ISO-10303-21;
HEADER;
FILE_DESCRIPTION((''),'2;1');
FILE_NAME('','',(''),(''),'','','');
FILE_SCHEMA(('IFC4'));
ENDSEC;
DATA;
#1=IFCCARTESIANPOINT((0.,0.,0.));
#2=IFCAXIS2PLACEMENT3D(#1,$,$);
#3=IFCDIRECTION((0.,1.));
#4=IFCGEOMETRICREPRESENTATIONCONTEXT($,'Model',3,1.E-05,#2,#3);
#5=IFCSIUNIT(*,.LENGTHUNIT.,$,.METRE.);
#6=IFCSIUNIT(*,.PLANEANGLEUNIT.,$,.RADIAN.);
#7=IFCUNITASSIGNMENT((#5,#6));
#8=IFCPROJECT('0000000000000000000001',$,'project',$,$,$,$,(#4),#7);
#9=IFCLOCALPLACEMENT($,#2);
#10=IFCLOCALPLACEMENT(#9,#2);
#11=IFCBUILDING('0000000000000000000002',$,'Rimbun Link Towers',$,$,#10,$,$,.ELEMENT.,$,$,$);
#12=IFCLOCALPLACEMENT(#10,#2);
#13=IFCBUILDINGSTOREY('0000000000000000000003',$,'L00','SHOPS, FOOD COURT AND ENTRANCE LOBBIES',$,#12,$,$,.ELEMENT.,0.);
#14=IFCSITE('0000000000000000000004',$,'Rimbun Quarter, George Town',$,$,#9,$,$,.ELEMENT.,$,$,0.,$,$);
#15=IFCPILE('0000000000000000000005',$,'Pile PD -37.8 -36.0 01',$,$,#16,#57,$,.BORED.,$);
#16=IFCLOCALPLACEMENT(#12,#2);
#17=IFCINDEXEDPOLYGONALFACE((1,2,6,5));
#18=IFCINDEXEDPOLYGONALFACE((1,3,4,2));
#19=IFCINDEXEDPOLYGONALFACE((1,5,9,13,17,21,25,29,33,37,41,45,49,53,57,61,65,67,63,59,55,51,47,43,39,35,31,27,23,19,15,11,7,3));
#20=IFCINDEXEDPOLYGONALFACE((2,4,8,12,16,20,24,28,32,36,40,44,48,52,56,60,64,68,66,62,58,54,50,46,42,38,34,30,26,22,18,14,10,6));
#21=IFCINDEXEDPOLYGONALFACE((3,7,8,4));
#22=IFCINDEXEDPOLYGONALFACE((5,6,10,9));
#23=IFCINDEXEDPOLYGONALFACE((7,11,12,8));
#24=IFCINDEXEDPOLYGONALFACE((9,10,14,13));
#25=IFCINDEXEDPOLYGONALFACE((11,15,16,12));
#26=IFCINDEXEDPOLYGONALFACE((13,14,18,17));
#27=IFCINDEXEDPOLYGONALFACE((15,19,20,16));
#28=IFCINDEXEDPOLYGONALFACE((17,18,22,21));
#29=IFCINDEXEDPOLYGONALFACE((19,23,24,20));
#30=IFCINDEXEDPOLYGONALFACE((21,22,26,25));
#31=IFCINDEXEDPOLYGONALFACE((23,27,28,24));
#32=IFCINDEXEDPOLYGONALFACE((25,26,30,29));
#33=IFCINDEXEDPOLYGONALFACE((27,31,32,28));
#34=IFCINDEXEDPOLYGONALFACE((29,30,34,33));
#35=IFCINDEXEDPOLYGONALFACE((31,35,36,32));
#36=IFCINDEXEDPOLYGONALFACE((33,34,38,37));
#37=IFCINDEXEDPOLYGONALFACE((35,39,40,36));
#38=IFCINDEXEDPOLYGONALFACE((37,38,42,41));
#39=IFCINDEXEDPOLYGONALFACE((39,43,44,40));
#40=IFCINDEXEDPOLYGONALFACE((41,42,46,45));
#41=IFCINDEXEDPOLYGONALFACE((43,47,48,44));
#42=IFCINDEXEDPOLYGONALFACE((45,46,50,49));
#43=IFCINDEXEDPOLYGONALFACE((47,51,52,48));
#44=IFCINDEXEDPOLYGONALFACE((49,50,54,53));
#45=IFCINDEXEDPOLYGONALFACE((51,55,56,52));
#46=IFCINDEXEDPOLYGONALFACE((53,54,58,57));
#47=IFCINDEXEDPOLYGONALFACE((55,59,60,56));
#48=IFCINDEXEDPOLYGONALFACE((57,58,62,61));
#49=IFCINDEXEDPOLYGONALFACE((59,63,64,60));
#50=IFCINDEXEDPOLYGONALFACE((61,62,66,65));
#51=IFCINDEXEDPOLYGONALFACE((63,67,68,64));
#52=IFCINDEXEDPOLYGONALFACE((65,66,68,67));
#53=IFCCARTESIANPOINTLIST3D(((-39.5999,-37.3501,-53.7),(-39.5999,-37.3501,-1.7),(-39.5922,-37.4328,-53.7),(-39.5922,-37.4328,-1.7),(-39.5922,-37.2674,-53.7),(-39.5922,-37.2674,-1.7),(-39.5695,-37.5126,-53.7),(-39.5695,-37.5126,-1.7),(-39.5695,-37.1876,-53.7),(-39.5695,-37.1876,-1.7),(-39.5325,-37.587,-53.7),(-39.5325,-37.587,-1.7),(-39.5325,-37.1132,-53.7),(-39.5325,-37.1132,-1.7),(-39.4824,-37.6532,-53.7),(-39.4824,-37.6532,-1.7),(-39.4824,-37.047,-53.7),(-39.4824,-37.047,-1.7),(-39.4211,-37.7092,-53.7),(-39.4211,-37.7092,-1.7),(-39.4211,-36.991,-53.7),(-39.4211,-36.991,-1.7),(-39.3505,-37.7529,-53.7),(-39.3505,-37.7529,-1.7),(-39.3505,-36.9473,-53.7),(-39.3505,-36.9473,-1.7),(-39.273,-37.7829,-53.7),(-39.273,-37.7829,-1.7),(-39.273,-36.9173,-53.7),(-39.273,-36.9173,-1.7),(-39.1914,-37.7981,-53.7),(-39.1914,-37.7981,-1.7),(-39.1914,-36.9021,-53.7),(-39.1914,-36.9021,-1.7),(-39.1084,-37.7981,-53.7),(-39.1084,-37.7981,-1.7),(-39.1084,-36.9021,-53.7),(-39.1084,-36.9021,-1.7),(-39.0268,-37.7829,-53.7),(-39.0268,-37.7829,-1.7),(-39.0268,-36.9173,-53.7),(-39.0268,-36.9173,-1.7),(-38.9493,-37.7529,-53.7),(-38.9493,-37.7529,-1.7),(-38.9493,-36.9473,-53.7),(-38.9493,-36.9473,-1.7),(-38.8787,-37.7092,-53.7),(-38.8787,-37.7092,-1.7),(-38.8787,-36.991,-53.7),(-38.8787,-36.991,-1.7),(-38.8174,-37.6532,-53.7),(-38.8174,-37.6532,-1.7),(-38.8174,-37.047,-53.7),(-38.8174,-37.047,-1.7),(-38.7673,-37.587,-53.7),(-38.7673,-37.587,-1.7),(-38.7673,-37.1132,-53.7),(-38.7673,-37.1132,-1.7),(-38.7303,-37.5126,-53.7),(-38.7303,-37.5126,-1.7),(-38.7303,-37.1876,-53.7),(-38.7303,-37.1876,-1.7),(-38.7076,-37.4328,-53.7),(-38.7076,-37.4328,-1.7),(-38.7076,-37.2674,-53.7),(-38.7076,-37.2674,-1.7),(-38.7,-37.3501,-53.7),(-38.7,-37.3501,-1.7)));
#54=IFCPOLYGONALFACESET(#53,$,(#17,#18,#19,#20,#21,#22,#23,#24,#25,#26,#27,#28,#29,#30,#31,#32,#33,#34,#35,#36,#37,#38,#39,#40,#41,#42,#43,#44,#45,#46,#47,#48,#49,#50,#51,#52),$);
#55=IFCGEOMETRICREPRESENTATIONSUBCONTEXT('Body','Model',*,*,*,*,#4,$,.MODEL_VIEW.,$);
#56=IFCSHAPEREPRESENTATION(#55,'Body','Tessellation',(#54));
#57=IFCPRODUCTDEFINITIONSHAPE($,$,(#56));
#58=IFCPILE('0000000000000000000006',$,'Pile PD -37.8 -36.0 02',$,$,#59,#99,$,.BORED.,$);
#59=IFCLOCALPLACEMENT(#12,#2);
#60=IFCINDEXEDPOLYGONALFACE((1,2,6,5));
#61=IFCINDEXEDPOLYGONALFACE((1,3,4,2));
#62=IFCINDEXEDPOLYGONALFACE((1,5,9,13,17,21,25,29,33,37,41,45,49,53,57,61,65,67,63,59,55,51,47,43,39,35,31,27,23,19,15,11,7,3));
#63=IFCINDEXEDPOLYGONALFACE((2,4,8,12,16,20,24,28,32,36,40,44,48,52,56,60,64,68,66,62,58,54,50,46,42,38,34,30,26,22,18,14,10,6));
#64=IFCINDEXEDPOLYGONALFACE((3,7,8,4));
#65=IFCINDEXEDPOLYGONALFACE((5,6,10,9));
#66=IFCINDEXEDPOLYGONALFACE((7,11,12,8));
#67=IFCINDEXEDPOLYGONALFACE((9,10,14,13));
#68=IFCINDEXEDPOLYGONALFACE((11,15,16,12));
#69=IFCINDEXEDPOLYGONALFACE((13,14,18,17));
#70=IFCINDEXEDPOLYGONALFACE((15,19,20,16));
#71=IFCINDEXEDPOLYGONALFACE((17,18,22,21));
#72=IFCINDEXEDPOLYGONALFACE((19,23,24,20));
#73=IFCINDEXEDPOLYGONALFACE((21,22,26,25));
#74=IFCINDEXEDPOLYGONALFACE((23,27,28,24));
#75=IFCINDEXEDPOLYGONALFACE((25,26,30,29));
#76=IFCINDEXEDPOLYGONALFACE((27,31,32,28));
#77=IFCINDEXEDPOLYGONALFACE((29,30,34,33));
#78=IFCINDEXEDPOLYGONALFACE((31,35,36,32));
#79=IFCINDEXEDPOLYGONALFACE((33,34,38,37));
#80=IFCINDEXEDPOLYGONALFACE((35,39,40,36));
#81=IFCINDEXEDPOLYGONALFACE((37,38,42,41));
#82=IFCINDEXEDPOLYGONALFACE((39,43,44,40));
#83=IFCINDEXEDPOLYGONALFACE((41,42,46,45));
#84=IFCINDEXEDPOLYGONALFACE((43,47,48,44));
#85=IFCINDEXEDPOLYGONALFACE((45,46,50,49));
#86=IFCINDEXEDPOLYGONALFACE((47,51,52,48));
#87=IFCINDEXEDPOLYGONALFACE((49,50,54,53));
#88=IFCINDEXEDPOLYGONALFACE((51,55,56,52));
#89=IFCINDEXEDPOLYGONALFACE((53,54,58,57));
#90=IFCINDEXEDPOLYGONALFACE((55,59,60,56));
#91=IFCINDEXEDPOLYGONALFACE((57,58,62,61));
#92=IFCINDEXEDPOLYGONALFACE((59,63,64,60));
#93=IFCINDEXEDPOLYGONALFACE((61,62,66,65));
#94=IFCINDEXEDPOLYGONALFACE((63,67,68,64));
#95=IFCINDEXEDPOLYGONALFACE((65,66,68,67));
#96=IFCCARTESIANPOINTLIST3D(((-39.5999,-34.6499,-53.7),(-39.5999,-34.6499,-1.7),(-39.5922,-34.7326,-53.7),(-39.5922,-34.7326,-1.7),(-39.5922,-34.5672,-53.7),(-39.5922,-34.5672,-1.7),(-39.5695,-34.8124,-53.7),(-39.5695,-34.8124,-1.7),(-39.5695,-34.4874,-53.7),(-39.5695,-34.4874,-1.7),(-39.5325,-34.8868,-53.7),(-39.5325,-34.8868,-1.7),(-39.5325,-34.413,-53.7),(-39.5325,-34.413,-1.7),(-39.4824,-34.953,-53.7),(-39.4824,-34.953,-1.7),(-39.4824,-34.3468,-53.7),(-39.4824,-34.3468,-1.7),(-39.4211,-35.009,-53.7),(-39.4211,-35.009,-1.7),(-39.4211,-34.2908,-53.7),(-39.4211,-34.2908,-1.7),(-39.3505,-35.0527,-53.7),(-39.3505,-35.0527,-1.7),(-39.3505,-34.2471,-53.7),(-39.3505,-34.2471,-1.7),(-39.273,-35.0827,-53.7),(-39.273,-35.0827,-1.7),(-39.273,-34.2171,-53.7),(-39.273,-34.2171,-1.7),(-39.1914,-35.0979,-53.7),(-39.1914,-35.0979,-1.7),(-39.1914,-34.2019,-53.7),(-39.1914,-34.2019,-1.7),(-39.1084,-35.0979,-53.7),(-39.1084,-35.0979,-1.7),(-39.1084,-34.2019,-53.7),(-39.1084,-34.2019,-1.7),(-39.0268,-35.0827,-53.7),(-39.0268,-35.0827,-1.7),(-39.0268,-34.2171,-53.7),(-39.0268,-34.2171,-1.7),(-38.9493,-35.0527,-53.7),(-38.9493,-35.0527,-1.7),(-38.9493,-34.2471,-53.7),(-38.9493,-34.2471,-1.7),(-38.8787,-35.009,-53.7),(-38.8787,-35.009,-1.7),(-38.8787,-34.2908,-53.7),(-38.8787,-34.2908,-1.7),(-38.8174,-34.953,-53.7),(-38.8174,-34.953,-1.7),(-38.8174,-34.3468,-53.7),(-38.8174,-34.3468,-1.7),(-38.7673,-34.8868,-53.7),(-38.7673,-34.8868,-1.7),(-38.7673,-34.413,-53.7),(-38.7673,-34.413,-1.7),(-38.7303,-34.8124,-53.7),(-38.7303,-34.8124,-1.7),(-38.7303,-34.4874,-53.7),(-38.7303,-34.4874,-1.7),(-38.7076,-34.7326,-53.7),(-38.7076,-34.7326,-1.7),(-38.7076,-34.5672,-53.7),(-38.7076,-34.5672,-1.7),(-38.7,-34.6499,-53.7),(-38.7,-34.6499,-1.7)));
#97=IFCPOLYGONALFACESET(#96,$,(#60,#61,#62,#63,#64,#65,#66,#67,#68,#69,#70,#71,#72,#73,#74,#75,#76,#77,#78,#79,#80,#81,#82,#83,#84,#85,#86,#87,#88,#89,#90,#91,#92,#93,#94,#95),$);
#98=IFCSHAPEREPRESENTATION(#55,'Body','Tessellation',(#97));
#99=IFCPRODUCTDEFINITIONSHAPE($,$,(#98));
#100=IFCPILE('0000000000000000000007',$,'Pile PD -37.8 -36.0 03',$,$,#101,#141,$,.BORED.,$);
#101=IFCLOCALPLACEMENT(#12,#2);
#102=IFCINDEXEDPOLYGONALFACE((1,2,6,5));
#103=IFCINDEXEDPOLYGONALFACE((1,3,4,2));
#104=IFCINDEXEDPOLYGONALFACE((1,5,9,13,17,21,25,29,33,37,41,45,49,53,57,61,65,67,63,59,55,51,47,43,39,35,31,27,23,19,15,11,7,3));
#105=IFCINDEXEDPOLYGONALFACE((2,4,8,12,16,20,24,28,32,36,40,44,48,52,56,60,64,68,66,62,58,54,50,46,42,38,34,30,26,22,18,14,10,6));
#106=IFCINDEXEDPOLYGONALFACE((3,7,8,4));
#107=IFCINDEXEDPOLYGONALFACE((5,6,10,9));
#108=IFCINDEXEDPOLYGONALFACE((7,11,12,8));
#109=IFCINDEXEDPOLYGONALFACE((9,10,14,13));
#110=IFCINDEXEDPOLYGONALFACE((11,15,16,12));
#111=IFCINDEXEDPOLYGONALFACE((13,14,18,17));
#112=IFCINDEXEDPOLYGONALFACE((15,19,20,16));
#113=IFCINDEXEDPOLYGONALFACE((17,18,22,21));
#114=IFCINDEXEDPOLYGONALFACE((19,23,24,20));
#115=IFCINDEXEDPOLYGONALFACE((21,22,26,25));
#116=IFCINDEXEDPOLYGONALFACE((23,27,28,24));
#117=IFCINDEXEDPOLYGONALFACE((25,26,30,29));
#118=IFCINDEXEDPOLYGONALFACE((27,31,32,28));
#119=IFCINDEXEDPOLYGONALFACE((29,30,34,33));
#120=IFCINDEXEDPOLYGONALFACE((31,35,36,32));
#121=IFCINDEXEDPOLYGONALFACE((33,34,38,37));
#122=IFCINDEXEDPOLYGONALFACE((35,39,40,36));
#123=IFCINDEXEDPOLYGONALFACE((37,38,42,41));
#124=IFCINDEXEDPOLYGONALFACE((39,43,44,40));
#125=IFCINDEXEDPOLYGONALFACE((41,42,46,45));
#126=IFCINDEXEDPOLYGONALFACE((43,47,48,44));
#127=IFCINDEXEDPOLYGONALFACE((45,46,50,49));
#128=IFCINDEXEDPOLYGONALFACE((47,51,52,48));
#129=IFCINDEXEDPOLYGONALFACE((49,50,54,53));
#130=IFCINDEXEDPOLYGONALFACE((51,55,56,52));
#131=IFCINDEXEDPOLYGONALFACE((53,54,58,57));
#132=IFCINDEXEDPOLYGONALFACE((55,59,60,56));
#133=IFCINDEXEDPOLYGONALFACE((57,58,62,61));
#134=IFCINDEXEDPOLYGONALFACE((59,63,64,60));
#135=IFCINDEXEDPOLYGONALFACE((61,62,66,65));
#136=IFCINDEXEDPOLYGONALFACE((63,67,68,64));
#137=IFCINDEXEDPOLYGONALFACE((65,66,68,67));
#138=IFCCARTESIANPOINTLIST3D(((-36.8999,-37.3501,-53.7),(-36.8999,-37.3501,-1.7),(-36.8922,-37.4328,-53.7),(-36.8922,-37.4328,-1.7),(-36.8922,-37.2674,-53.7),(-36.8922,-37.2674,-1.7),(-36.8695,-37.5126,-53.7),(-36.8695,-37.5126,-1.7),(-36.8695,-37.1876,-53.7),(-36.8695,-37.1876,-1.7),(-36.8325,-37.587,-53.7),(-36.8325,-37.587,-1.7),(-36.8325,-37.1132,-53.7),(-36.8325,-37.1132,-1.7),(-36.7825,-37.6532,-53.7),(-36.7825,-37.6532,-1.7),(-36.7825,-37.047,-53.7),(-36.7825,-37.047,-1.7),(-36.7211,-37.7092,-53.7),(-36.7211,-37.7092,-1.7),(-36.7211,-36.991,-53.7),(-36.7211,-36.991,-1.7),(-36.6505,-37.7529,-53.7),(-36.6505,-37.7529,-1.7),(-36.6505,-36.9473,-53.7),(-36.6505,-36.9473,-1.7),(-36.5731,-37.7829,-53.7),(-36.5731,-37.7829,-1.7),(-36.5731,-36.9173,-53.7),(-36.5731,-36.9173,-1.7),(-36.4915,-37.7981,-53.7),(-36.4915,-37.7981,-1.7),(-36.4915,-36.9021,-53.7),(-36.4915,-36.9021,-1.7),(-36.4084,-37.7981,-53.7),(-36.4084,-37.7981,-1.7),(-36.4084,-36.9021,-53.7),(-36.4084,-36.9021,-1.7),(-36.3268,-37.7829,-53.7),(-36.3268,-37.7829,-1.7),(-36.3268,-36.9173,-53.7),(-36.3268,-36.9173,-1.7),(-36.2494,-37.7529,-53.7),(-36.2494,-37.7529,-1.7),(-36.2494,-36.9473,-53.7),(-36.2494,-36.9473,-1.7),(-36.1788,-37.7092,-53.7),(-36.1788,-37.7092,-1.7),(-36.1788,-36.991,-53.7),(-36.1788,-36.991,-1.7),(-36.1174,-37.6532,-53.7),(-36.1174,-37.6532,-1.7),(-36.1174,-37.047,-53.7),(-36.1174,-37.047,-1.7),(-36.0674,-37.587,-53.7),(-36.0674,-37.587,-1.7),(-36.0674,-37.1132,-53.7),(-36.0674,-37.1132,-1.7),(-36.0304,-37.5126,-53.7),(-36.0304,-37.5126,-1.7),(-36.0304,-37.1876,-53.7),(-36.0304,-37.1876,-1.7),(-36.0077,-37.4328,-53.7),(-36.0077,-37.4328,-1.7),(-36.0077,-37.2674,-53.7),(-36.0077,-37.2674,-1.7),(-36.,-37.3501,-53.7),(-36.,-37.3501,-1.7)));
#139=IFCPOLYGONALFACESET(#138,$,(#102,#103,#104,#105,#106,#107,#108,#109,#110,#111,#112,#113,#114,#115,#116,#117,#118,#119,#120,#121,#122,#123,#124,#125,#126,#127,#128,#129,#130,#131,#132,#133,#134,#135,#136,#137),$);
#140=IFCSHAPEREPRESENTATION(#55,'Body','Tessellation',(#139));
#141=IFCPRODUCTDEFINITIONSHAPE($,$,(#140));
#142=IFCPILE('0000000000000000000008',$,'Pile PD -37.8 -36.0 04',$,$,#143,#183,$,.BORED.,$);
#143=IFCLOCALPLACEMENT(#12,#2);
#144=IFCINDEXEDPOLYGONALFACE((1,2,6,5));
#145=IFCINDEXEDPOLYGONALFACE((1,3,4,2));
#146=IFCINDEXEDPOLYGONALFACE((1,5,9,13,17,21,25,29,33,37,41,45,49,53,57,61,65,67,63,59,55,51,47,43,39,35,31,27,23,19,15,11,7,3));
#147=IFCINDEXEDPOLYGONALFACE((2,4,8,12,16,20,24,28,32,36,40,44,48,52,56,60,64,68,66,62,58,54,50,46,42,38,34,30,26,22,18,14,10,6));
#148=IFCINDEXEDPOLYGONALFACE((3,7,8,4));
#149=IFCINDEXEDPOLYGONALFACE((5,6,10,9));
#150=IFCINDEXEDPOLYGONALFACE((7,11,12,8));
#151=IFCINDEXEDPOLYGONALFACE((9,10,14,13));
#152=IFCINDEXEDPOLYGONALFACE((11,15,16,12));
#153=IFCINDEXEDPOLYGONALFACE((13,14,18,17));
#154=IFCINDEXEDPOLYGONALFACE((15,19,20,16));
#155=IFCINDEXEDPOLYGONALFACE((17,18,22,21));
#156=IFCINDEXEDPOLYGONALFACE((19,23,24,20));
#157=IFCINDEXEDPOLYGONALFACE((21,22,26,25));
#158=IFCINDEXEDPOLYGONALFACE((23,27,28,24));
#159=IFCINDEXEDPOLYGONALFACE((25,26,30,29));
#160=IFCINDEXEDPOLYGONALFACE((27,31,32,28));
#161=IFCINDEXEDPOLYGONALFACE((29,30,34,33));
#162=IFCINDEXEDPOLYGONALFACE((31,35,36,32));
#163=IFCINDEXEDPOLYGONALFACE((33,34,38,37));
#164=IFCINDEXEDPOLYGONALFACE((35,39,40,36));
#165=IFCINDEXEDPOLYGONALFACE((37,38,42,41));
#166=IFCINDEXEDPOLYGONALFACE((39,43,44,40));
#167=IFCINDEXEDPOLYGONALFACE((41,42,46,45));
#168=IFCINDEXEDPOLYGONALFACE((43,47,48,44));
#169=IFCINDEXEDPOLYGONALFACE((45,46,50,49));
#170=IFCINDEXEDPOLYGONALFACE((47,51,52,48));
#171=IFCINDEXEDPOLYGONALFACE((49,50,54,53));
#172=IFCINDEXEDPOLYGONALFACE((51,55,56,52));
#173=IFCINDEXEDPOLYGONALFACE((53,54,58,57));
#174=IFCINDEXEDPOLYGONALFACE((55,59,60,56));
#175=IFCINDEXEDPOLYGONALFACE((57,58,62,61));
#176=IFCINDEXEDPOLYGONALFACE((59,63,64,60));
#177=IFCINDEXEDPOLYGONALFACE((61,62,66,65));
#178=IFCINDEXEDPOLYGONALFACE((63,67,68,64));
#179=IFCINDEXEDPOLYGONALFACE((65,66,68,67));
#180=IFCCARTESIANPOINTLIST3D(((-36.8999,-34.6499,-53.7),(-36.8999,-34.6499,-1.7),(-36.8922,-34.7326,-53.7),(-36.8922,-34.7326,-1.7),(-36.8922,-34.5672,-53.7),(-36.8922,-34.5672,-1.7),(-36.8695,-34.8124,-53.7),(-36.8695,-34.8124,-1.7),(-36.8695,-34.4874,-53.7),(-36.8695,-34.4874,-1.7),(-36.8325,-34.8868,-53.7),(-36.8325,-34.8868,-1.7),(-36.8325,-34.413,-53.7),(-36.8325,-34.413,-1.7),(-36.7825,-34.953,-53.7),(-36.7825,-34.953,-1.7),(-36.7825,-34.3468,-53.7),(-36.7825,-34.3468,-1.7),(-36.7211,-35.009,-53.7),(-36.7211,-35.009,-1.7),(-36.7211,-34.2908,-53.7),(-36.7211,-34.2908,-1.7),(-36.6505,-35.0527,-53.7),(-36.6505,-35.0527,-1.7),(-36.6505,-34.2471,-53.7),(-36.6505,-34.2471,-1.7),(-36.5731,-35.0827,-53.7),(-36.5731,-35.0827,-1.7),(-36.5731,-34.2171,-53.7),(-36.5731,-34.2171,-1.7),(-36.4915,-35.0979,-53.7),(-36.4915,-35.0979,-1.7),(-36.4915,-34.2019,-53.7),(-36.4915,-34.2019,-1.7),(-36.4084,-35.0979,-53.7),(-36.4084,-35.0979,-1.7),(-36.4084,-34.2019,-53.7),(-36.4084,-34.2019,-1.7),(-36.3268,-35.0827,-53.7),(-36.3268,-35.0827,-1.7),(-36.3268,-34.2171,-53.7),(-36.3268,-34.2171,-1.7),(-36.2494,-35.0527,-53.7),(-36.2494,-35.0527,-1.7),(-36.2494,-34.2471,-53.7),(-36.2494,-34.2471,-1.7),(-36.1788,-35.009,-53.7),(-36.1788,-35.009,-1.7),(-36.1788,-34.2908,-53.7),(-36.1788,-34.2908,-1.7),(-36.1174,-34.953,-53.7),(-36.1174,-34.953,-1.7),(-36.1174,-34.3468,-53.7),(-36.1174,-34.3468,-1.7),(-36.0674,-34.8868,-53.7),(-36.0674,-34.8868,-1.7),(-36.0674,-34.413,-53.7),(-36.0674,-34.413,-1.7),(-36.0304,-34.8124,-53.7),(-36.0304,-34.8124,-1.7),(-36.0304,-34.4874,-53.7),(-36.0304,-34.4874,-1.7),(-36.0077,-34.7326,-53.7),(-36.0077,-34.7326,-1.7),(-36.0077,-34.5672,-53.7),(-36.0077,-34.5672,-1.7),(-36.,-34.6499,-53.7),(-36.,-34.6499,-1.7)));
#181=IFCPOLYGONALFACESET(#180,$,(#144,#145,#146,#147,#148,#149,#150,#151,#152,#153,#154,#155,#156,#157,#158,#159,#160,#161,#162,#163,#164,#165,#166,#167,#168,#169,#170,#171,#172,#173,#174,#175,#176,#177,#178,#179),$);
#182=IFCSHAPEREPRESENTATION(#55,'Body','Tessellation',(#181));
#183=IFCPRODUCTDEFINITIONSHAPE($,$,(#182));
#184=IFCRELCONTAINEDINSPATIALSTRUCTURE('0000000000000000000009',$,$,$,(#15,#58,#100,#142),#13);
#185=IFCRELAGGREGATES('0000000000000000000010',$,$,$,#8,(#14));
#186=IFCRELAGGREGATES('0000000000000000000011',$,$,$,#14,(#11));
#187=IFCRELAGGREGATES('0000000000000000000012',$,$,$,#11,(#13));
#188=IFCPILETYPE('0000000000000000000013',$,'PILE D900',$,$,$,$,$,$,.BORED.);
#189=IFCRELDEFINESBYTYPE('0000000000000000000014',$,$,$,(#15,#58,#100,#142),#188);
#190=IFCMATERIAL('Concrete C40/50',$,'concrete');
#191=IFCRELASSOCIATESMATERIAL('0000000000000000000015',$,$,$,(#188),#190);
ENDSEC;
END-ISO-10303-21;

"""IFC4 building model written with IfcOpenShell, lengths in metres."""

from ifc_helpers import new_model, si_unit, direction, frame, origin, origin_2d, place, context, subcontext, project, spatial, circle, extrude, material, material_profile, profile_set, type_object, element, save


model = new_model("IFC4")

# Units and contexts
model_context = context("Model", 3, precision=1e-05, world=origin(), true_north=direction((0.0, 1.0)))
body_context = subcontext(model_context, "Body", "Model", "MODEL_VIEW")
ifc_project = project(units=[si_unit("LENGTHUNIT", "METRE"), si_unit("PLANEANGLEUNIT", "RADIAN")], contexts=[model_context])

# Site, building, storey
site_placement = place(None, origin())
site = spatial("IfcSite", under=ifc_project, at=site_placement, Name="Rimbun Quarter, George Town", CompositionType="ELEMENT", RefElevation=0.0)
building_placement = place(site_placement, origin())
building = spatial("IfcBuilding", under=site, at=building_placement, Name="Rimbun Link Towers", CompositionType="ELEMENT")
storey_placement = place(building_placement, origin())
storey = spatial("IfcBuildingStorey", under=building, at=storey_placement, Name="L00", Description="SHOPS, FOOD COURT AND ENTRANCE LOBBIES", CompositionType="ELEMENT", Elevation=0.0)

# Piles
ifc_material_1 = material(Name="Concrete C40/50", Category="concrete")
ifc_material_profile_1 = material_profile(ifc_material_1, circle(Radius=0.45, at=origin_2d()), Name="PILE D900")
ifc_profile_set_1 = profile_set([ifc_material_profile_1], Name="Concrete C40/50")
pile_type = type_object("IfcPileType", Name="PILE D900", PredefinedType="BORED", material=ifc_profile_set_1)
for number, where, z_axis, x_axis, name in (
    (1, (-39.1499, -37.3501, -1.7), (0.0, 0.0, -1.0), (1.0, 0.0, 0.0), "Pile PD -37.8 -36.0 01"),
    (2, (-39.1499, -34.6499, -1.7), (0.0, 0.0, -1.0), (1.0, 0.0, 0.0), "Pile PD -37.8 -36.0 02"),
    (3, (-36.45, -37.3501, -1.7), (0.0, 0.0, -1.0), (1.0, 0.0, 0.0), "Pile PD -37.8 -36.0 03"),
    (4, (-36.45, -34.6499, -1.7), (0.0, 0.0, -1.0), (1.0, 0.0, 0.0), "Pile PD -37.8 -36.0 04"),
):
    element("IfcPile", number, at=place(storey_placement, frame(where, z_axis=z_axis, x_axis=x_axis)), inside=storey, type_object=pile_type, Name=name, PredefinedType="BORED", context=body_context, shape_type="SweptSolid", body=[
        extrude(circle(Radius=0.45, at=origin_2d()), origin(), (0.0, 0.0, 1.0), 52.0),
    ])

save(model, "model.ifc")
